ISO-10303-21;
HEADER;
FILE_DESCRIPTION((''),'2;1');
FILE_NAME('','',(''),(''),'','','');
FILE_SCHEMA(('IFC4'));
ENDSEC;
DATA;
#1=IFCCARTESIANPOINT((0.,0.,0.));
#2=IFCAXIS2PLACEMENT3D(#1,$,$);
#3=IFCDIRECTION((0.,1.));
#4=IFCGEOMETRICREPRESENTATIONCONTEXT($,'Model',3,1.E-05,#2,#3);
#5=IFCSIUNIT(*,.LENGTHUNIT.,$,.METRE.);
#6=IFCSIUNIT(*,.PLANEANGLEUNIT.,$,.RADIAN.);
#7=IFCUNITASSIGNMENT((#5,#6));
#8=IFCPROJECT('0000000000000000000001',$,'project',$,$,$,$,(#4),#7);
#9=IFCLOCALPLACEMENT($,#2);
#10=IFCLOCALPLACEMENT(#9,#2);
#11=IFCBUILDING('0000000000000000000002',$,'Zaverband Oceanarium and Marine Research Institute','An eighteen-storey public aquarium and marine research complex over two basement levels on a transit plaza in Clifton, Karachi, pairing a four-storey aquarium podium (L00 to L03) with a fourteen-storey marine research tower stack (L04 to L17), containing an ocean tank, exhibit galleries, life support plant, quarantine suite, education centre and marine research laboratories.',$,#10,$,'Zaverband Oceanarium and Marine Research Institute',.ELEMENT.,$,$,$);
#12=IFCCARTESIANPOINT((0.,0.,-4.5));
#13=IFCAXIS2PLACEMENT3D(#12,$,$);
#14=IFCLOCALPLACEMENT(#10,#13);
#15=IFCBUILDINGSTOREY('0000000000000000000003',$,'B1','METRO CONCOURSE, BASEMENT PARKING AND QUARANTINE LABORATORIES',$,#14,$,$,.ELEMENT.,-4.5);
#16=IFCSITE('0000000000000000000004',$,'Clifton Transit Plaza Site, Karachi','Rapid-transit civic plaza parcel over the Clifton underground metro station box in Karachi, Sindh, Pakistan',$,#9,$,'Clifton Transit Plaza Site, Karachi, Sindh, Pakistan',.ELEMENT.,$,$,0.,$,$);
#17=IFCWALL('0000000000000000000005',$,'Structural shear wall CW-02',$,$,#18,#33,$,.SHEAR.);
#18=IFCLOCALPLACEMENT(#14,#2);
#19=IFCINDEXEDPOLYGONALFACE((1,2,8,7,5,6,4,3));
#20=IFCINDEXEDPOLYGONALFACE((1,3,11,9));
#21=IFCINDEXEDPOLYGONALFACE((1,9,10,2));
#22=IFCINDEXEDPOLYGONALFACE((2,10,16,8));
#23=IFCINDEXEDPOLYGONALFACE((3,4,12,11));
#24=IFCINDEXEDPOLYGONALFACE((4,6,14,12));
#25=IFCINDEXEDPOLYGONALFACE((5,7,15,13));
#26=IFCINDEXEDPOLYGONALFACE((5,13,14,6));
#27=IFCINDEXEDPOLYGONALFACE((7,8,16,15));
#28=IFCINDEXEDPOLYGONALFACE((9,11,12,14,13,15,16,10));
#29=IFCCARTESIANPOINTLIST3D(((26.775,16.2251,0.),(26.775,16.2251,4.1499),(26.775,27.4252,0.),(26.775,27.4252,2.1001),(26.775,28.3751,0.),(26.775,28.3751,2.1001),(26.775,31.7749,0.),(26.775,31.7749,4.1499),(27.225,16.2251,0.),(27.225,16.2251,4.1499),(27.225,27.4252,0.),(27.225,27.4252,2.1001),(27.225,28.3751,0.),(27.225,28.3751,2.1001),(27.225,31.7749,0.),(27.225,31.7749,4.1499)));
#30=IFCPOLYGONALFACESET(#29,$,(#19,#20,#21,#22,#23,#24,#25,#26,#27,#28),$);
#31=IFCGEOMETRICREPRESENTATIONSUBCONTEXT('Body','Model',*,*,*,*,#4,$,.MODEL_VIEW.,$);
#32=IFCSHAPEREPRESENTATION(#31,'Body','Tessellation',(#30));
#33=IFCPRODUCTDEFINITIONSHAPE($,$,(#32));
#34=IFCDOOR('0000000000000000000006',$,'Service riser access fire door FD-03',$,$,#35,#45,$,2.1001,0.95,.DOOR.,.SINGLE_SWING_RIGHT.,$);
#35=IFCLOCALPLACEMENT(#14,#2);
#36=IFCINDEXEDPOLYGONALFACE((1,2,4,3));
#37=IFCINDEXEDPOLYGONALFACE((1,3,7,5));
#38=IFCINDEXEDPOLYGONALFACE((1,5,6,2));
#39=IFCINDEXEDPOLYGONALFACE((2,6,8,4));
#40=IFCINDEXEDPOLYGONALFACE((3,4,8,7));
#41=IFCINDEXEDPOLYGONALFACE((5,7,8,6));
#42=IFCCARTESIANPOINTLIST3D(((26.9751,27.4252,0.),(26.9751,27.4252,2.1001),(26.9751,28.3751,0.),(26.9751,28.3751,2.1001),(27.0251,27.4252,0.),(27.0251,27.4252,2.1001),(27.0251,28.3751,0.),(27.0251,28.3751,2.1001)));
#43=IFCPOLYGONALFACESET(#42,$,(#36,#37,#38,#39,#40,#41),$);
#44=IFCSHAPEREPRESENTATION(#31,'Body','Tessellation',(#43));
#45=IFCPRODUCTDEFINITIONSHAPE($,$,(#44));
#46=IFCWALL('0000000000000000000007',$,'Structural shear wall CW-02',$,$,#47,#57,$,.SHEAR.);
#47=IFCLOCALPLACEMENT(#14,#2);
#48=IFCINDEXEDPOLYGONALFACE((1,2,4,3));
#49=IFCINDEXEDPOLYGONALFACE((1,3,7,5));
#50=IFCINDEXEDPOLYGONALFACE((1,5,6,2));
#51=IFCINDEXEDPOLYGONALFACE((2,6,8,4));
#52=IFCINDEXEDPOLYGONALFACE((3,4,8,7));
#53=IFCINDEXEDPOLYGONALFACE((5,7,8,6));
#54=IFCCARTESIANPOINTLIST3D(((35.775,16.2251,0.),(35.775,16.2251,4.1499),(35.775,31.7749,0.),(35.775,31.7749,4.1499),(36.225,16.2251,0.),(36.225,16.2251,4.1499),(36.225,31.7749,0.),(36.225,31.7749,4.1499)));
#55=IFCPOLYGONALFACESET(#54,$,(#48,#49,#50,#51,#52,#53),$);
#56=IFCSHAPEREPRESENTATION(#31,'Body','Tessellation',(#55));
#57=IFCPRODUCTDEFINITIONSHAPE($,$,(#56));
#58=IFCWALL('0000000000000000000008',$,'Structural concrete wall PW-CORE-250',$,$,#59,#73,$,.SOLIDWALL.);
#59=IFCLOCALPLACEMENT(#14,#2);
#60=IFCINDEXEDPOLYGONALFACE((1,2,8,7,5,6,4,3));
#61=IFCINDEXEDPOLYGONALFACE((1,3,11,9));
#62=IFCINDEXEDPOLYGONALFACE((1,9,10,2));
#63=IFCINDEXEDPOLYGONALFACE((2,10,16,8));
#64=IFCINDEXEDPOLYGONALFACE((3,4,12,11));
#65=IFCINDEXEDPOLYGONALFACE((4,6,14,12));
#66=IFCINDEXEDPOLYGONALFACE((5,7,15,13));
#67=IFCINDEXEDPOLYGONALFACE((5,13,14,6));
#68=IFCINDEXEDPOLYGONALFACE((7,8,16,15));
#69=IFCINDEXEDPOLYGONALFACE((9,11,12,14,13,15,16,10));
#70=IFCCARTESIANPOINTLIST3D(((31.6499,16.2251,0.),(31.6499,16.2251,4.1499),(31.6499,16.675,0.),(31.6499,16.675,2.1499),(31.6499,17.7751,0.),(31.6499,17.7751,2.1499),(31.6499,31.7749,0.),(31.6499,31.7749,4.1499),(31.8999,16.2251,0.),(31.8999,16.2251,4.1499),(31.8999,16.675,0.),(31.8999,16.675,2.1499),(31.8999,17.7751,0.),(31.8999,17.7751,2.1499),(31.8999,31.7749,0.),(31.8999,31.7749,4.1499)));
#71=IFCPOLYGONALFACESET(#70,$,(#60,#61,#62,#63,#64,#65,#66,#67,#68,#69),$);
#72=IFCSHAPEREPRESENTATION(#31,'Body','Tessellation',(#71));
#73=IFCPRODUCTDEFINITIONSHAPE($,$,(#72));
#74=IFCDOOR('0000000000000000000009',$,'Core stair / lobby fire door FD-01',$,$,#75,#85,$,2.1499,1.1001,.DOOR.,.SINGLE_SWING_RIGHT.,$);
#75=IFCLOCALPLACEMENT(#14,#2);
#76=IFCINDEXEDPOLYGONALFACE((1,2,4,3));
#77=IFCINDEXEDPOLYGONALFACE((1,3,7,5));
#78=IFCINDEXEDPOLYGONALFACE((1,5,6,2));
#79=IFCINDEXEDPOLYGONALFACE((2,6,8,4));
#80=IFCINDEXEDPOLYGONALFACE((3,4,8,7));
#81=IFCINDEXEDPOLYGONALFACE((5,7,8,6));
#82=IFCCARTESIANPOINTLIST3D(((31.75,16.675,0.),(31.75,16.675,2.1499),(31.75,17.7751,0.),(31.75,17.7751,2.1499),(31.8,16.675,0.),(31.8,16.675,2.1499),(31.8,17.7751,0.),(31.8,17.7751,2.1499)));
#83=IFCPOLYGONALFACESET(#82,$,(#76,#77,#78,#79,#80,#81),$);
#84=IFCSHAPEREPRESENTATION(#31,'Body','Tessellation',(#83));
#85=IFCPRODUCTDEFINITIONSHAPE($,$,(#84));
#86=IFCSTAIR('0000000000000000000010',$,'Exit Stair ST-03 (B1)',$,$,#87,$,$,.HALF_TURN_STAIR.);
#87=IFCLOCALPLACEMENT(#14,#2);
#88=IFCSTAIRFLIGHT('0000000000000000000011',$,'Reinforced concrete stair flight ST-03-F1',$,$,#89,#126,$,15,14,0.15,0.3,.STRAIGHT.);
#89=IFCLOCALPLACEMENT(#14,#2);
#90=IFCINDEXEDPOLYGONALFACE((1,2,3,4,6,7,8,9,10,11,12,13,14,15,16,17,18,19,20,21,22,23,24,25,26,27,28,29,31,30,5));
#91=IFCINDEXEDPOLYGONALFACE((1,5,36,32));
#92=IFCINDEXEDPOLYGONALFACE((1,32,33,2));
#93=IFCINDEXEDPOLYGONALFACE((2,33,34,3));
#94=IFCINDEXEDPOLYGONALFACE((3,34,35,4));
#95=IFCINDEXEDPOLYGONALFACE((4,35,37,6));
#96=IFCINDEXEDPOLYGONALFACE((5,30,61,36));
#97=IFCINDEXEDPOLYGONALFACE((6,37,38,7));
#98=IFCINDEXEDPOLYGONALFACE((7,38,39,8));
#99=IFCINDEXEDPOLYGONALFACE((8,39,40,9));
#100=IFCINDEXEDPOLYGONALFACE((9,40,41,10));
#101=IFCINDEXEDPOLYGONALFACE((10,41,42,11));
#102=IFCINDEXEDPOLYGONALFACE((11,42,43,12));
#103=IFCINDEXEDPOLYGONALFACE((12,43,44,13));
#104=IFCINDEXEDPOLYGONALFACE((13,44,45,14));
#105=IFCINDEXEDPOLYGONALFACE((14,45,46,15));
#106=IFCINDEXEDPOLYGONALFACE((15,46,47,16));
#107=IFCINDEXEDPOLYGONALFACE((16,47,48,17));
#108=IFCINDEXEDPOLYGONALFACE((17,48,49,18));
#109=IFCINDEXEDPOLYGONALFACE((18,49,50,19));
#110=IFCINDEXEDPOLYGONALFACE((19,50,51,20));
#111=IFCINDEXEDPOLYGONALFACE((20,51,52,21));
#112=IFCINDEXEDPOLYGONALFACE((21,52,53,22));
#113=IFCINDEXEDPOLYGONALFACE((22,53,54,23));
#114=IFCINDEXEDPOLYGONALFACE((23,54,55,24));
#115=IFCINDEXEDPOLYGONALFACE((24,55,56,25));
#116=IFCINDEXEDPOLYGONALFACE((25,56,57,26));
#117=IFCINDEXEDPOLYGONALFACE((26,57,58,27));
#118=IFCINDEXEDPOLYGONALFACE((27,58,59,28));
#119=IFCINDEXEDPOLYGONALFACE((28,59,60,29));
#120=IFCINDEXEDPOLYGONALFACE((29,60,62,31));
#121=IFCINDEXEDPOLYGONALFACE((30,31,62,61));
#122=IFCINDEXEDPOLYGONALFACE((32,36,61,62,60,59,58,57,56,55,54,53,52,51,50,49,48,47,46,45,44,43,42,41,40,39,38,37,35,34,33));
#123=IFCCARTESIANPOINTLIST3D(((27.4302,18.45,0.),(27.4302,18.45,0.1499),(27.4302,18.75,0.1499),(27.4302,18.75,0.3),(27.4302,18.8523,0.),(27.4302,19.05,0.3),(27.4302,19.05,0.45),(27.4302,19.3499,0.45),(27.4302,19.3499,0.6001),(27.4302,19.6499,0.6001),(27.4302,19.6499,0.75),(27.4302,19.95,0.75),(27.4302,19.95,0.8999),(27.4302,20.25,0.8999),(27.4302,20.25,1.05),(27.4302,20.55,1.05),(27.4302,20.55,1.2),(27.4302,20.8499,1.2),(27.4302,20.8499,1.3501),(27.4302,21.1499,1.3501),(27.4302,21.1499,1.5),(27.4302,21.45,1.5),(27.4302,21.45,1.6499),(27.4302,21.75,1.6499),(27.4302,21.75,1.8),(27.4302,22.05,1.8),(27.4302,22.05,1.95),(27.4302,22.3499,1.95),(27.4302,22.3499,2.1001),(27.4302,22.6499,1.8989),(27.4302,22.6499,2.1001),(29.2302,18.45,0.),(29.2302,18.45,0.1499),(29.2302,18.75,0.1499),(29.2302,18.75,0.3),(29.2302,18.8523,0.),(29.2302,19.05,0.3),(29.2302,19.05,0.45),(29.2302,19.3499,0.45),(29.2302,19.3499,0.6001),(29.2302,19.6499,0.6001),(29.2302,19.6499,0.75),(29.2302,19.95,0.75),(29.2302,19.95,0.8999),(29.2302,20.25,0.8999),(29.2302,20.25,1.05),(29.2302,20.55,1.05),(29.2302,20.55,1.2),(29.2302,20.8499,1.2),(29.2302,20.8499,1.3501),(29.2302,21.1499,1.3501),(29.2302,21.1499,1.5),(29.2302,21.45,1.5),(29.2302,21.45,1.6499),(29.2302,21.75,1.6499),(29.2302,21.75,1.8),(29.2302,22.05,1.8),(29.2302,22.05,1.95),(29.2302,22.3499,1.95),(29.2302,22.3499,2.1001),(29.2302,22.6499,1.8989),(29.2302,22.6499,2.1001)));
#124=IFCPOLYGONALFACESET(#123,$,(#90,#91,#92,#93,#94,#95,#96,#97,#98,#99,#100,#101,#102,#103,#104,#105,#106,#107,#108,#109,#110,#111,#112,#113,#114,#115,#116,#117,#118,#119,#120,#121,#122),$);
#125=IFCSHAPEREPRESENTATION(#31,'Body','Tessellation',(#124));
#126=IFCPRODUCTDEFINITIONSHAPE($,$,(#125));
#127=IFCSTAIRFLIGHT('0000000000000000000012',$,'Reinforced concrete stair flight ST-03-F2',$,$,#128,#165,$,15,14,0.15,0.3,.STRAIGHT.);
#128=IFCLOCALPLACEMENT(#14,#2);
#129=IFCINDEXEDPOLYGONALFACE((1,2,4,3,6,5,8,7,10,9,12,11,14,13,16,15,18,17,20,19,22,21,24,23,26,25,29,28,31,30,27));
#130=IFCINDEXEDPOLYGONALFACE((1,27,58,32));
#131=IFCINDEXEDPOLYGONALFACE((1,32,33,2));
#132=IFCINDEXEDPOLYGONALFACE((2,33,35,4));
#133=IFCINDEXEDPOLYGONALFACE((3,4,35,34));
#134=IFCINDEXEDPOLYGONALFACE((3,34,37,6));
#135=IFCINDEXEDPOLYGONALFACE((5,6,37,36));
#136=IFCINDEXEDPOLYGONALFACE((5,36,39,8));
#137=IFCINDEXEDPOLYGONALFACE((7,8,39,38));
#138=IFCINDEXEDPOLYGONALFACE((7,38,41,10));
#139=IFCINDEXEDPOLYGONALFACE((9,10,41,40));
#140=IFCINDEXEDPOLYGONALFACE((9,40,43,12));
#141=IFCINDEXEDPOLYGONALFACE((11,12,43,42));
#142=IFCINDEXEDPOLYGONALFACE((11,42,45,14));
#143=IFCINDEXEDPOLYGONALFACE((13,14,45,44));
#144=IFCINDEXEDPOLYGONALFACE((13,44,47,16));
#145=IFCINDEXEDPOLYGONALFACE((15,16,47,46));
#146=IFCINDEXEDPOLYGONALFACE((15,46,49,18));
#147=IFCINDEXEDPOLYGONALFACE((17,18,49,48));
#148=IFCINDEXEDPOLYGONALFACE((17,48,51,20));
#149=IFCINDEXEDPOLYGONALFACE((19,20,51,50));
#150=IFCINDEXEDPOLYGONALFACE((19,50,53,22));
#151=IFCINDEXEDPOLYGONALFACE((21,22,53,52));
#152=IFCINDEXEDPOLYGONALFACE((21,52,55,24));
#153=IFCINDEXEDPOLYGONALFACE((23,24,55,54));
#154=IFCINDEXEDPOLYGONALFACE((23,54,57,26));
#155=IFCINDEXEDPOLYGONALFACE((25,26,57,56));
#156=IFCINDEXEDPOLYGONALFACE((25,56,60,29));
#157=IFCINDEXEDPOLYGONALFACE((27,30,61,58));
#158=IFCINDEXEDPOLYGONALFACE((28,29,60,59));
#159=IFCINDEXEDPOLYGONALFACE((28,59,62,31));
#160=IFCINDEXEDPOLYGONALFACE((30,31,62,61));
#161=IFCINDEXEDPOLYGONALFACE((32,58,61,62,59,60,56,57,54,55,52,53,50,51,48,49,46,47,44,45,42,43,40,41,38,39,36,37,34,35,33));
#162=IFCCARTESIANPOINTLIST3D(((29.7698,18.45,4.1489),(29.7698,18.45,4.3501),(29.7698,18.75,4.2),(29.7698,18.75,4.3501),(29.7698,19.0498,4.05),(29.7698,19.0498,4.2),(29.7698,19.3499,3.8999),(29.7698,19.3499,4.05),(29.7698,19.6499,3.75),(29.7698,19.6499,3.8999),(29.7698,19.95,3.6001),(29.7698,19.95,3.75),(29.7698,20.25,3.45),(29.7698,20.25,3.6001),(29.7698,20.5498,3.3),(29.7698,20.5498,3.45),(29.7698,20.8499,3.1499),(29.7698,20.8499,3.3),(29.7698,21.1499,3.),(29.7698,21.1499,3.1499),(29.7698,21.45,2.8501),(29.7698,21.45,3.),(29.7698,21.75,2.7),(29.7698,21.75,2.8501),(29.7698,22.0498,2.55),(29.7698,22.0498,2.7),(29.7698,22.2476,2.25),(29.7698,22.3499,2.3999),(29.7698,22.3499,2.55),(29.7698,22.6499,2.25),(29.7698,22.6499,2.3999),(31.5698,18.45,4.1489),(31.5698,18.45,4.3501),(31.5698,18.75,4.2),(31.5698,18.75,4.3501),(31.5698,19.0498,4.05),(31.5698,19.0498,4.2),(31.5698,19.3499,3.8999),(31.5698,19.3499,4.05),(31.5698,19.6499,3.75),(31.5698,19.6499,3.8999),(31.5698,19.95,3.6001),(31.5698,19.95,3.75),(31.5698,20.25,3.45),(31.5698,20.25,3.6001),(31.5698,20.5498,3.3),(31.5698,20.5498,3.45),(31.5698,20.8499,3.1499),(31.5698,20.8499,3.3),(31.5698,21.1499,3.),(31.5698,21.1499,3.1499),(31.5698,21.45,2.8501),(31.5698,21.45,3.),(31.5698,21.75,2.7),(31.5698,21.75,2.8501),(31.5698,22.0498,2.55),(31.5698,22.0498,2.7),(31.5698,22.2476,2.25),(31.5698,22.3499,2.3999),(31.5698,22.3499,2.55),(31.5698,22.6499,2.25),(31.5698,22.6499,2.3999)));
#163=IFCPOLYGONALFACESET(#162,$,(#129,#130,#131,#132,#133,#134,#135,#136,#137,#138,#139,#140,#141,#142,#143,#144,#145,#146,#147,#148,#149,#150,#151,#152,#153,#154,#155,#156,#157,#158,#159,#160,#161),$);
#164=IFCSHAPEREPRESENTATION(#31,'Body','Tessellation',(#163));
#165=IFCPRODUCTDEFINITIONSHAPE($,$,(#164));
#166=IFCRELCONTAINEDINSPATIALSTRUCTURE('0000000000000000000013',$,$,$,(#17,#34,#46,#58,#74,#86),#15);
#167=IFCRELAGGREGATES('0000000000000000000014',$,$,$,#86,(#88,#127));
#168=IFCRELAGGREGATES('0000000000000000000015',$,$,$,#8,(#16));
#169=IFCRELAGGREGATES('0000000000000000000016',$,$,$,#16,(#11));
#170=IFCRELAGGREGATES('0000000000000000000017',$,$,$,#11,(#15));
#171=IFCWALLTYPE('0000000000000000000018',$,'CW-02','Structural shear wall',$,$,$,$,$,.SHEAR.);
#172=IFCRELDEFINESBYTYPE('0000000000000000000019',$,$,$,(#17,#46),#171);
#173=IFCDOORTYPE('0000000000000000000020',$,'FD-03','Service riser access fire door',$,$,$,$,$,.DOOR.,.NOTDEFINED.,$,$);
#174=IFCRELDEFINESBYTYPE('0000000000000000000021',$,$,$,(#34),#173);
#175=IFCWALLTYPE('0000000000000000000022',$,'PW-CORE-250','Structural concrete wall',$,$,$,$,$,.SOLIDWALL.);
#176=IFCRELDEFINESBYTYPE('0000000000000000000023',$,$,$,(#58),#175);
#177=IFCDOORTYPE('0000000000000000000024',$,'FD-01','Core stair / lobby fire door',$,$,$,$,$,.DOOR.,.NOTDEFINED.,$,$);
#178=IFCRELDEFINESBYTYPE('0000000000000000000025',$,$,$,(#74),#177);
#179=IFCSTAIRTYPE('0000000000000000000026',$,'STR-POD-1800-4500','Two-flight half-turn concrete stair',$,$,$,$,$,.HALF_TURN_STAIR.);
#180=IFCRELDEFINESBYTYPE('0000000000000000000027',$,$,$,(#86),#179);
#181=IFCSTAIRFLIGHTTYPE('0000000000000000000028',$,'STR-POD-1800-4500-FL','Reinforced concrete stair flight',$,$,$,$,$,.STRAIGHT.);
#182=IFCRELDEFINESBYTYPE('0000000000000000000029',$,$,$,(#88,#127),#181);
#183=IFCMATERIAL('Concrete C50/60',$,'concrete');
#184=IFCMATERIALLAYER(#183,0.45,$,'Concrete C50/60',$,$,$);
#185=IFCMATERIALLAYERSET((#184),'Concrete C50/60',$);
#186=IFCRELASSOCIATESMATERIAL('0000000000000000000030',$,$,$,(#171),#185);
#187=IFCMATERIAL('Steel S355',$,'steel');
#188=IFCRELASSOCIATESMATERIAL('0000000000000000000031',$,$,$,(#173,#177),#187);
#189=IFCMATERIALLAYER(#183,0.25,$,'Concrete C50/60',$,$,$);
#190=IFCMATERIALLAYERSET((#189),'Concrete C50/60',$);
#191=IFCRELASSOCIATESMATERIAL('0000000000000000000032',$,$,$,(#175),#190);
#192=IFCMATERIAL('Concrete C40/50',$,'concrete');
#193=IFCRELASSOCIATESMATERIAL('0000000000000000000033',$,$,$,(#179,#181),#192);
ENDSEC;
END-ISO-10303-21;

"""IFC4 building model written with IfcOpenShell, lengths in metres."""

from ifc_helpers import new_model, si_unit, direction, frame, frame_2d, origin, place, context, subcontext, project, spatial, polyline, rectangle, outline, extrude, material, layer, layer_set, type_object, element, fill, aggregate, save


model = new_model("IFC4")

# Units and contexts
model_context = context("Model", 3, precision=1e-05, world=origin(), true_north=direction((0.0, 1.0)))
body_context = subcontext(model_context, "Body", "Model", "MODEL_VIEW")
ifc_project = project(units=[si_unit("LENGTHUNIT", "METRE"), si_unit("PLANEANGLEUNIT", "RADIAN")], contexts=[model_context])

# Site, building, storey
site_placement = place(None, origin())
site = spatial("IfcSite", under=ifc_project, at=site_placement, Name="Clifton Transit Plaza Site, Karachi", Description="Rapid-transit civic plaza parcel over the Clifton underground metro station box in Karachi, Sindh, Pakistan", LongName="Clifton Transit Plaza Site, Karachi, Sindh, Pakistan", CompositionType="ELEMENT", RefElevation=0.0)
building_placement = place(site_placement, origin())
building = spatial("IfcBuilding", under=site, at=building_placement, Name="Zaverband Oceanarium and Marine Research Institute", Description="An eighteen-storey public aquarium and marine research complex over two basement levels on a transit plaza in Clifton, Karachi, pairing a four-storey aquarium podium (L00 to L03) with a fourteen-storey marine research tower stack (L04 to L17), containing an ocean tank, exhibit galleries, life support plant, quarantine suite, education centre and marine research laboratories.", LongName="Zaverband Oceanarium and Marine Research Institute", CompositionType="ELEMENT")
storey_placement = place(building_placement, frame((0.0, 0.0, -4.5)))
storey = spatial("IfcBuildingStorey", under=building, at=storey_placement, Name="B1", Description="METRO CONCOURSE, BASEMENT PARKING AND QUARANTINE LABORATORIES", CompositionType="ELEMENT", Elevation=-4.5)

# Shared definitions
ifc_material_1 = material(Name="Concrete C50/60", Category="concrete")

# Shared definitions
ifc_material_2 = material(Name="Concrete C40/50", Category="concrete")

# Wall, opening, door
ifc_layer_1 = layer(ifc_material_1, 0.45, Name="Concrete C50/60")
ifc_layer_set_1 = layer_set([ifc_layer_1], Name="Concrete C50/60")
wall_type_1 = type_object("IfcWallType", Name="CW-02", Description="Structural shear wall", PredefinedType="SHEAR", material=ifc_layer_set_1)
ifc_material_3 = material(Name="Steel S355", Category="steel")
wall_1_placement = place(storey_placement, frame((27.0, 16.2251, 0.0), z_axis=(0.0, 0.0, 1.0), x_axis=(0.0, 1.0, 0.0)))
wall_1 = element("IfcWall", 1, at=wall_1_placement, inside=storey, type_object=wall_type_1, Name="Structural shear wall CW-02", PredefinedType="SHEAR", context=body_context, shape_type="SweptSolid", body=[
    extrude(rectangle(XDim=15.5498, YDim=0.45, at=frame_2d((7.7749, 0.0))), origin(), (0.0, 0.0, 1.0), 4.1499),
])
opening_1_placement = place(wall_1_placement, frame((11.2, 0.0, 0.0)))
opening_1 = element("IfcOpeningElement", 2, at=opening_1_placement, cuts=wall_1, PredefinedType="OPENING", context=body_context, shape_type="SweptSolid", body=[
    extrude(rectangle(XDim=0.95, YDim=2.1001, at=frame_2d((0.4751, 1.05))), frame((0.0, 0.2368, 0.0), z_axis=(0.0, -1.0, 0.0), x_axis=(1.0, 0.0, 0.0)), (0.0, 0.0, 1.0), 0.4739),
])
door_type_1 = type_object("IfcDoorType", Name="FD-03", Description="Service riser access fire door", OperationType="NOTDEFINED", PredefinedType="DOOR", material=ifc_material_3)
door_1_placement = place(opening_1_placement, origin())
door_1 = element("IfcDoor", 3, at=door_1_placement, inside=storey, type_object=door_type_1, Name="Service riser access fire door FD-03", OperationType="SINGLE_SWING_RIGHT", OverallHeight=2.1001, OverallWidth=0.95, PredefinedType="DOOR", context=body_context, shape_type="SweptSolid", body=[
    extrude(rectangle(XDim=0.95, YDim=2.1001, at=frame_2d((0.4751, 1.05))), frame((0.0, 0.0249, 0.0), z_axis=(0.0, -1.0, 0.0), x_axis=(1.0, 0.0, 0.0)), (0.0, 0.0, 1.0), 0.05),
])
fill(opening_1, door_1)

# Wall
wall_2_placement = place(storey_placement, frame((36.0, 16.2251, 0.0), z_axis=(0.0, 0.0, 1.0), x_axis=(0.0, 1.0, 0.0)))
element("IfcWall", 4, at=wall_2_placement, inside=storey, type_object=wall_type_1, Name="Structural shear wall CW-02", PredefinedType="SHEAR", context=body_context, shape_type="SweptSolid", body=[
    extrude(rectangle(XDim=15.5498, YDim=0.45, at=frame_2d((7.7749, 0.0))), origin(), (0.0, 0.0, 1.0), 4.1499),
])

# Wall, opening, door
ifc_layer_2 = layer(ifc_material_1, 0.25, Name="Concrete C50/60")
ifc_layer_set_2 = layer_set([ifc_layer_2], Name="Concrete C50/60")
wall_type_2 = type_object("IfcWallType", Name="PW-CORE-250", Description="Structural concrete wall", PredefinedType="SOLIDWALL", material=ifc_layer_set_2)
wall_3_placement = place(storey_placement, frame((31.7749, 16.2251, 0.0), z_axis=(0.0, 0.0, 1.0), x_axis=(0.0, 1.0, 0.0)))
wall_3 = element("IfcWall", 5, at=wall_3_placement, inside=storey, type_object=wall_type_2, Name="Structural concrete wall PW-CORE-250", PredefinedType="SOLIDWALL", context=body_context, shape_type="SweptSolid", body=[
    extrude(rectangle(XDim=15.5498, YDim=0.25, at=frame_2d((7.7749, 0.0))), origin(), (0.0, 0.0, 1.0), 4.1499),
])
opening_2_placement = place(wall_3_placement, frame((0.45, 0.0, 0.0)))
opening_2 = element("IfcOpeningElement", 6, at=opening_2_placement, cuts=wall_3, PredefinedType="OPENING", context=body_context, shape_type="SweptSolid", body=[
    extrude(rectangle(XDim=1.1001, YDim=2.1499, at=frame_2d((0.55, 1.075))), frame((0.0, 0.137, 0.0), z_axis=(0.0, -1.0, 0.0), x_axis=(1.0, 0.0, 0.0)), (0.0, 0.0, 1.0), 0.2739),
])
door_type_2 = type_object("IfcDoorType", Name="FD-01", Description="Core stair / lobby fire door", OperationType="NOTDEFINED", PredefinedType="DOOR", material=ifc_material_3)
door_2_placement = place(opening_2_placement, origin())
door_2 = element("IfcDoor", 7, at=door_2_placement, inside=storey, type_object=door_type_2, Name="Core stair / lobby fire door FD-01", OperationType="SINGLE_SWING_RIGHT", OverallHeight=2.1499, OverallWidth=1.1001, PredefinedType="DOOR", context=body_context, shape_type="SweptSolid", body=[
    extrude(rectangle(XDim=1.1001, YDim=2.1499, at=frame_2d((0.55, 1.075))), frame((0.0, 0.0249, 0.0), z_axis=(0.0, -1.0, 0.0), x_axis=(1.0, 0.0, 0.0)), (0.0, 0.0, 1.0), 0.05),
])
fill(opening_2, door_2)

# Stair, stair flights
stair_type = type_object("IfcStairType", Name="STR-POD-1800-4500", Description="Two-flight half-turn concrete stair", PredefinedType="HALF_TURN_STAIR", material=ifc_material_2)
stair_placement = place(storey_placement, origin())
stair = element("IfcStair", 8, at=stair_placement, inside=storey, type_object=stair_type, Name="Exit Stair ST-03 (B1)", PredefinedType="HALF_TURN_STAIR")
stair_flight_type = type_object("IfcStairFlightType", Name="STR-POD-1800-4500-FL", Description="Reinforced concrete stair flight", PredefinedType="STRAIGHT", material=ifc_material_2)
stair_flight_1_placement = place(storey_placement, frame((28.3301, 18.45, 0.0), z_axis=(0.0, 0.0, 1.0), x_axis=(0.0, 1.0, 0.0)))
stair_flight_1 = element("IfcStairFlight", 9, at=stair_flight_1_placement, type_object=stair_flight_type, Name="Reinforced concrete stair flight ST-03-F1", NumberOfRisers=15, NumberOfTreads=14, PredefinedType="STRAIGHT", RiserHeight=0.15, TreadLength=0.3, context=body_context, shape_type="SweptSolid", body=[
    extrude(outline(polyline([(0.0, 0.0), (0.0, 0.1499), (0.3, 0.1499), (0.3, 0.3), (0.6001, 0.3), (0.6001, 0.45), (0.8999, 0.45), (0.8999, 0.6001), (1.2, 0.6001), (1.2, 0.75), (1.5, 0.75), (1.5, 0.8999), (1.8, 0.8999), (1.8, 1.05), (2.1001, 1.05), (2.1001, 1.2), (2.3999, 1.2), (2.3999, 1.3501), (2.7, 1.3501), (2.7, 1.5), (3.0, 1.5), (3.0, 1.6499), (3.3, 1.6499), (3.3, 1.8), (3.6001, 1.8), (3.6001, 1.95), (3.8999, 1.95), (3.8999, 2.1001), (4.2, 2.1001), (4.2, 2.25), (4.2, 1.8989), (0.4023, 0.0), (0.0, 0.0)])), frame((0.0, 0.8999, 0.0), z_axis=(0.0, -1.0, 0.0), x_axis=(1.0, 0.0, 0.0)), (0.0, 0.0, 1.0), 1.8),
])
stair_flight_2_placement = place(storey_placement, frame((30.6699, 22.6499, 2.25), z_axis=(0.0, 0.0, 1.0), x_axis=(0.0, -1.0, 0.0)))
stair_flight_2 = element("IfcStairFlight", 10, at=stair_flight_2_placement, type_object=stair_flight_type, Name="Reinforced concrete stair flight ST-03-F2", NumberOfRisers=15, NumberOfTreads=14, PredefinedType="STRAIGHT", RiserHeight=0.15, TreadLength=0.3, context=body_context, shape_type="SweptSolid", body=[
    extrude(outline(polyline([(0.0, 0.0), (0.0, 0.1499), (0.3, 0.1499), (0.3, 0.3), (0.6001, 0.3), (0.6001, 0.45), (0.8999, 0.45), (0.8999, 0.6001), (1.2, 0.6001), (1.2, 0.75), (1.5, 0.75), (1.5, 0.8999), (1.8, 0.8999), (1.8, 1.05), (2.1001, 1.05), (2.1001, 1.2), (2.3999, 1.2), (2.3999, 1.3501), (2.7, 1.3501), (2.7, 1.5), (3.0, 1.5), (3.0, 1.6499), (3.3, 1.6499), (3.3, 1.8), (3.6001, 1.8), (3.6001, 1.95), (3.8999, 1.95), (3.8999, 2.1001), (4.2, 2.1001), (4.2, 2.25), (4.2, 1.8989), (0.4023, 0.0), (0.0, 0.0)])), frame((0.0, 0.8999, 0.0), z_axis=(0.0, -1.0, 0.0), x_axis=(1.0, 0.0, 0.0)), (0.0, 0.0, 1.0), 1.8),
])
aggregate(stair, [stair_flight_1, stair_flight_2])

save(model, "model.ifc")
